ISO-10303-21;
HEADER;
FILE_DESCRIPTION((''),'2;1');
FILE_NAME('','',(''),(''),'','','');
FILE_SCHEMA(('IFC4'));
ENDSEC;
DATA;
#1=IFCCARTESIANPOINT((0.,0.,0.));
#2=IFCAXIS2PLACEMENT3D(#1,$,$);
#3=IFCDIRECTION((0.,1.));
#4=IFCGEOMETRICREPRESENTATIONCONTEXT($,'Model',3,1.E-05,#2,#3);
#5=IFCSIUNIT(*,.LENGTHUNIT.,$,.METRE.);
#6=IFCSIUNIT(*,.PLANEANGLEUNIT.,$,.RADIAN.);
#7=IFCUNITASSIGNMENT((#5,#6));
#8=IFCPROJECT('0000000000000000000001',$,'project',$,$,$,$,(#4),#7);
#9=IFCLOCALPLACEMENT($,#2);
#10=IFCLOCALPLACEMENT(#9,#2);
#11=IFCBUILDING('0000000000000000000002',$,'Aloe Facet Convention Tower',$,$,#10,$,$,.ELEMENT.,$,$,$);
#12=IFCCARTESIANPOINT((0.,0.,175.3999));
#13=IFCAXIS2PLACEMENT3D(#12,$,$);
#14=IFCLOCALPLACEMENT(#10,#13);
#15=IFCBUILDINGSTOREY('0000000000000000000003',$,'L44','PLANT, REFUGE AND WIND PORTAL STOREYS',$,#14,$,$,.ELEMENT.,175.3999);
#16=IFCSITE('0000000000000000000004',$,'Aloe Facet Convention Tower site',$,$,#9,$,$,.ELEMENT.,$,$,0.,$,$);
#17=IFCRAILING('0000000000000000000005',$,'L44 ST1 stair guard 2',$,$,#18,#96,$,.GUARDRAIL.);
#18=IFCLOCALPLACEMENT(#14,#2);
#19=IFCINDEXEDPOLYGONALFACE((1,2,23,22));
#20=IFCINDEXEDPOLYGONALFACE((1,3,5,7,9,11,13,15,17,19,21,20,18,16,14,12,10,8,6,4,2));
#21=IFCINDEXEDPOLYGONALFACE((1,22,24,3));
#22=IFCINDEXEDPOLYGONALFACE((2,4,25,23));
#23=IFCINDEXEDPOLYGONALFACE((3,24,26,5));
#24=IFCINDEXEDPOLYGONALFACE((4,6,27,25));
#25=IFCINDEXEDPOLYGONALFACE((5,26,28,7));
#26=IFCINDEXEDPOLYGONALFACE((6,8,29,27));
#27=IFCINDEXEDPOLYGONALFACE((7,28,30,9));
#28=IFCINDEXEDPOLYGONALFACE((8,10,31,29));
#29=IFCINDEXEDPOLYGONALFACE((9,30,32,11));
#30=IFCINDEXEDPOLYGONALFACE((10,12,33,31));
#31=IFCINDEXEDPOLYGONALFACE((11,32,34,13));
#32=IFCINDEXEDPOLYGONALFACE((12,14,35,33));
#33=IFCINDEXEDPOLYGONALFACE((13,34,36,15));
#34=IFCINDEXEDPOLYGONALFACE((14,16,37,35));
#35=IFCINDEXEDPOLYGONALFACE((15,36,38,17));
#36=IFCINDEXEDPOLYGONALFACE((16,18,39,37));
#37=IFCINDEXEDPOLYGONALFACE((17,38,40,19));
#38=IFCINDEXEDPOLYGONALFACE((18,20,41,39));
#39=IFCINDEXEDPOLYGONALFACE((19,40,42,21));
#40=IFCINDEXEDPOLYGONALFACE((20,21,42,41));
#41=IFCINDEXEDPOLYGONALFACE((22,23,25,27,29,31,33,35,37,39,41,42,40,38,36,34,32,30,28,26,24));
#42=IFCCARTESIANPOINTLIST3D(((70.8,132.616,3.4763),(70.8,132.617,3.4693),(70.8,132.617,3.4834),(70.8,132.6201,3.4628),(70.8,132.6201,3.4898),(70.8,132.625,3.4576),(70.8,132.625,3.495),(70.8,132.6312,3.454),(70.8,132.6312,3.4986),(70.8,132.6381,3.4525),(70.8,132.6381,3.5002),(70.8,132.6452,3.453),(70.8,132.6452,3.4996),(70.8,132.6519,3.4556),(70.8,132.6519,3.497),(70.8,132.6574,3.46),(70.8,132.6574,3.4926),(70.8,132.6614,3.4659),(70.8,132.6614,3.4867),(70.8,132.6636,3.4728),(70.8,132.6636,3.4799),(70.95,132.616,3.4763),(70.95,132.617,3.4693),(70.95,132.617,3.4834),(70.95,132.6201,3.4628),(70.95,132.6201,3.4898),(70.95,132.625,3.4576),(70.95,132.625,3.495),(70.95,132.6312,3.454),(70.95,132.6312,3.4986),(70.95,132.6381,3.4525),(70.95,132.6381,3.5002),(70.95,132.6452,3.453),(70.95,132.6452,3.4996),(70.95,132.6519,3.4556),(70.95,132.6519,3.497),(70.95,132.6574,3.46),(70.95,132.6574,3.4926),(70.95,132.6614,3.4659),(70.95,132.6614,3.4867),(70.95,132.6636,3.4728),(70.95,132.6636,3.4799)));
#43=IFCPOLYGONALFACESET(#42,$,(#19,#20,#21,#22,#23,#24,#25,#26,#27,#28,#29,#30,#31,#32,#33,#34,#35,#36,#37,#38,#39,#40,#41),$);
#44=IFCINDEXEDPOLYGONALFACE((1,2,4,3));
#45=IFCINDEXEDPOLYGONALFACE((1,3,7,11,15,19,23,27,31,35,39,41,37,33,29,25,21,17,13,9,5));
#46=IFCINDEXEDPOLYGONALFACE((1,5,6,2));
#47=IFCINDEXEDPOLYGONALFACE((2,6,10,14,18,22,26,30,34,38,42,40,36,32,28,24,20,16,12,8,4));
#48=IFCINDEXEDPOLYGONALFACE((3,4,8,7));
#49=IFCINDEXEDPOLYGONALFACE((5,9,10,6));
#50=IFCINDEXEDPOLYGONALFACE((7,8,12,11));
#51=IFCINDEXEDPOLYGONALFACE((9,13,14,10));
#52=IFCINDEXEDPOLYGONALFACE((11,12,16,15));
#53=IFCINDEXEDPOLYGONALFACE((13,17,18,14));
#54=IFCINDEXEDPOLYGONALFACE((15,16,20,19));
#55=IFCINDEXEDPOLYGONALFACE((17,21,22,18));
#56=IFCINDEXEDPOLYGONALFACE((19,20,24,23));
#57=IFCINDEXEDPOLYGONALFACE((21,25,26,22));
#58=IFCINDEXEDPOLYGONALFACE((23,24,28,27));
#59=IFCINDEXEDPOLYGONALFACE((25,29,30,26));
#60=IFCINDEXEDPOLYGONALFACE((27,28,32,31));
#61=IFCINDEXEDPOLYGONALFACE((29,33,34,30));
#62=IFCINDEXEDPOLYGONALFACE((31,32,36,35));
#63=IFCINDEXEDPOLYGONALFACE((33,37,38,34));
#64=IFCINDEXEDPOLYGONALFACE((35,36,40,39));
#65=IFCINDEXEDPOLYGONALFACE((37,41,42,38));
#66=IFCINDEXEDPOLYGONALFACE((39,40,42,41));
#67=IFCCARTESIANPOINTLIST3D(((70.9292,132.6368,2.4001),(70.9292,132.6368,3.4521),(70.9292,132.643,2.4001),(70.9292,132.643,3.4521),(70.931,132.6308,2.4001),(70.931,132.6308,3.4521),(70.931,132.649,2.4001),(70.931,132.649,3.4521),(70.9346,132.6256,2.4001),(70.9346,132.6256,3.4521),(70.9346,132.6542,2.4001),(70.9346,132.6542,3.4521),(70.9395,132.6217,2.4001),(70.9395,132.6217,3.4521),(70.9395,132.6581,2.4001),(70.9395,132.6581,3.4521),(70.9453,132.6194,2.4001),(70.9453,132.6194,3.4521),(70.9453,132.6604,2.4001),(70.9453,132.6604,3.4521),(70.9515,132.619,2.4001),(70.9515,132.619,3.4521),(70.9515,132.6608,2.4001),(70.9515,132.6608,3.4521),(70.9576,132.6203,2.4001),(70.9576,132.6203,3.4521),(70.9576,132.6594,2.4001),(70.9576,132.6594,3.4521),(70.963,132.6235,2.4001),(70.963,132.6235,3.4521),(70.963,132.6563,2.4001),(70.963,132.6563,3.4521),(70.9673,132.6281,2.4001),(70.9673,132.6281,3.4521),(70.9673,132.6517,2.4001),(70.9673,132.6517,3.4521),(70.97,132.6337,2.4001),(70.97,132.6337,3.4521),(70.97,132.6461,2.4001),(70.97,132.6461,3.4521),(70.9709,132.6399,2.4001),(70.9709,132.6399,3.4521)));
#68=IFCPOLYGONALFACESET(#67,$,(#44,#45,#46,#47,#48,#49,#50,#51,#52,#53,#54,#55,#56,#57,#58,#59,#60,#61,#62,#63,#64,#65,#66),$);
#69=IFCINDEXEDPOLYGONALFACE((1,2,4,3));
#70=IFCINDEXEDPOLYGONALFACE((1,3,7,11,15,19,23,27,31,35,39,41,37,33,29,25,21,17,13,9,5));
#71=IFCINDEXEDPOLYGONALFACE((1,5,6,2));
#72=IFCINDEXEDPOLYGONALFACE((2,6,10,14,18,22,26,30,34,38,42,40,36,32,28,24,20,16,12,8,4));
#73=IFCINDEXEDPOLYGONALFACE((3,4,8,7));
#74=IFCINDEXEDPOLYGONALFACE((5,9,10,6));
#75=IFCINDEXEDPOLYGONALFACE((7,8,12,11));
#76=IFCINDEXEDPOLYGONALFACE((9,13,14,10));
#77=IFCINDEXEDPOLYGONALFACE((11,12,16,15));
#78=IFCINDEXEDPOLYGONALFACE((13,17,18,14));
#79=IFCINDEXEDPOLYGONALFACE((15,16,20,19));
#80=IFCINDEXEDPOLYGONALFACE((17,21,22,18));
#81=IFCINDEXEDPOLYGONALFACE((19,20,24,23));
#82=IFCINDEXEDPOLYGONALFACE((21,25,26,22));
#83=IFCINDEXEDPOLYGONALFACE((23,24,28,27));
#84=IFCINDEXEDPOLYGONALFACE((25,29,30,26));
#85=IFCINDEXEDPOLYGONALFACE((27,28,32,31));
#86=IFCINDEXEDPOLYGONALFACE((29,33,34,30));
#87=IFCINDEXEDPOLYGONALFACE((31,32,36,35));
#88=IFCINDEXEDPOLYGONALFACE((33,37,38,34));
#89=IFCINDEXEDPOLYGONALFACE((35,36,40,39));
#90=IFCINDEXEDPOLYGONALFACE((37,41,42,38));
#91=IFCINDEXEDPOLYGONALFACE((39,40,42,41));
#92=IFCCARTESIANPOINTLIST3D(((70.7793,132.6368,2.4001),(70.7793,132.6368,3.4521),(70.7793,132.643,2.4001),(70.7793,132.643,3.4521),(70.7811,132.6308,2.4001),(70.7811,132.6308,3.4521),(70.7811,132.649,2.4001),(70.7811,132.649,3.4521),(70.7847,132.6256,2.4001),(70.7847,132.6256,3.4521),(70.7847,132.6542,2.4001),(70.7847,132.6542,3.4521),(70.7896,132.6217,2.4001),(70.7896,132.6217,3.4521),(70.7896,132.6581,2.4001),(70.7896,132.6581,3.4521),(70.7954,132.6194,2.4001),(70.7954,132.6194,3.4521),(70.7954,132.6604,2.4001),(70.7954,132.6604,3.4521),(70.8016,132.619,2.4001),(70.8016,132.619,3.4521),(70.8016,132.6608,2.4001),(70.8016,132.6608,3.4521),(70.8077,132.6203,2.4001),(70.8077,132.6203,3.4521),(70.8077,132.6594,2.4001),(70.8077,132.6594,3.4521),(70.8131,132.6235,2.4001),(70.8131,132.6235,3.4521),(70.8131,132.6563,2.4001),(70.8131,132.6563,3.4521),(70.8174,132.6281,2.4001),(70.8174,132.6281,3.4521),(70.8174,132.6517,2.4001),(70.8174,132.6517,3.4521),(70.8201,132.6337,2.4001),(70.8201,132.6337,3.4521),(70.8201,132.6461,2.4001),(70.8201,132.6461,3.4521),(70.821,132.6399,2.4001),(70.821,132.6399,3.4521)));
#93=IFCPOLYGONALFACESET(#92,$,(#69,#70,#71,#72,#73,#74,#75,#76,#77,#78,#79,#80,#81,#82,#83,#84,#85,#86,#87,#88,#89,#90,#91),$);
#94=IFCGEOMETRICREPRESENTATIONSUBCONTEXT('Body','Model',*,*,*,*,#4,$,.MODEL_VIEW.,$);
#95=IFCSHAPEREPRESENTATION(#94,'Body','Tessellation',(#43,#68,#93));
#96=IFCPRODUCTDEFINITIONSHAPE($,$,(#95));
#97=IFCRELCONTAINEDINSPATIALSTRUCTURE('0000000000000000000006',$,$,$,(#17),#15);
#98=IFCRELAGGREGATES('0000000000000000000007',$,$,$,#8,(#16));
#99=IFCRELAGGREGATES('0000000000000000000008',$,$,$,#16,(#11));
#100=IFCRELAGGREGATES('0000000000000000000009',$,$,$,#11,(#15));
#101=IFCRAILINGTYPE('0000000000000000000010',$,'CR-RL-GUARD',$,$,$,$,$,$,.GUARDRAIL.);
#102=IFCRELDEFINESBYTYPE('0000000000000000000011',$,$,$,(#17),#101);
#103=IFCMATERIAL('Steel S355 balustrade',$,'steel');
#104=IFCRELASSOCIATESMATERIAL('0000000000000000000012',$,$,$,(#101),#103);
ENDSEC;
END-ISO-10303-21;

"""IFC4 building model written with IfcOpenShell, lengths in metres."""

from ifc_helpers import new_model, si_unit, direction, frame, origin, origin_2d, place, context, subcontext, project, spatial, circle, extrude, material, type_object, element, save


model = new_model("IFC4")

# Units and contexts
model_context = context("Model", 3, precision=1e-05, world=origin(), true_north=direction((0.0, 1.0)))
body_context = subcontext(model_context, "Body", "Model", "MODEL_VIEW")
ifc_project = project(units=[si_unit("LENGTHUNIT", "METRE"), si_unit("PLANEANGLEUNIT", "RADIAN")], contexts=[model_context])

# Site, building, storey
site_placement = place(None, origin())
site = spatial("IfcSite", under=ifc_project, at=site_placement, Name="Aloe Facet Convention Tower site", CompositionType="ELEMENT", RefElevation=0.0)
building_placement = place(site_placement, origin())
building = spatial("IfcBuilding", under=site, at=building_placement, Name="Aloe Facet Convention Tower", CompositionType="ELEMENT")
storey_placement = place(building_placement, frame((0.0, 0.0, 175.3999)))
storey = spatial("IfcBuildingStorey", under=building, at=storey_placement, Name="L44", Description="PLANT, REFUGE AND WIND PORTAL STOREYS", CompositionType="ELEMENT", Elevation=175.3999)

# Railing
ifc_material_1 = material(Name="Steel S355 balustrade", Category="steel")
railing_type_1 = type_object("IfcRailingType", Name="CR-RL-GUARD", PredefinedType="GUARDRAIL", material=ifc_material_1)
railing_1_placement = place(storey_placement, frame((70.95, 132.6399, 2.4001)))
element("IfcRailing", 1, at=railing_1_placement, inside=storey, type_object=railing_type_1, Name="L44 ST1 stair guard 2", PredefinedType="GUARDRAIL", context=body_context, shape_type="SweptSolid", body=[
    extrude(circle(Radius=0.0239, at=origin_2d()), frame((0.0, 0.0, 1.0762), z_axis=(-1.0, 0.0, 0.0), x_axis=(0.0, -1.0, 0.0)), (0.0, 0.0, 1.0), 0.1499),
    extrude(circle(Radius=0.021, at=origin_2d()), origin(), (0.0, 0.0, 1.0), 1.052),
    extrude(circle(Radius=0.021, at=origin_2d()), frame((-0.1499, 0.0, 0.0)), (0.0, 0.0, 1.0), 1.052),
])

save(model, "model.ifc")
